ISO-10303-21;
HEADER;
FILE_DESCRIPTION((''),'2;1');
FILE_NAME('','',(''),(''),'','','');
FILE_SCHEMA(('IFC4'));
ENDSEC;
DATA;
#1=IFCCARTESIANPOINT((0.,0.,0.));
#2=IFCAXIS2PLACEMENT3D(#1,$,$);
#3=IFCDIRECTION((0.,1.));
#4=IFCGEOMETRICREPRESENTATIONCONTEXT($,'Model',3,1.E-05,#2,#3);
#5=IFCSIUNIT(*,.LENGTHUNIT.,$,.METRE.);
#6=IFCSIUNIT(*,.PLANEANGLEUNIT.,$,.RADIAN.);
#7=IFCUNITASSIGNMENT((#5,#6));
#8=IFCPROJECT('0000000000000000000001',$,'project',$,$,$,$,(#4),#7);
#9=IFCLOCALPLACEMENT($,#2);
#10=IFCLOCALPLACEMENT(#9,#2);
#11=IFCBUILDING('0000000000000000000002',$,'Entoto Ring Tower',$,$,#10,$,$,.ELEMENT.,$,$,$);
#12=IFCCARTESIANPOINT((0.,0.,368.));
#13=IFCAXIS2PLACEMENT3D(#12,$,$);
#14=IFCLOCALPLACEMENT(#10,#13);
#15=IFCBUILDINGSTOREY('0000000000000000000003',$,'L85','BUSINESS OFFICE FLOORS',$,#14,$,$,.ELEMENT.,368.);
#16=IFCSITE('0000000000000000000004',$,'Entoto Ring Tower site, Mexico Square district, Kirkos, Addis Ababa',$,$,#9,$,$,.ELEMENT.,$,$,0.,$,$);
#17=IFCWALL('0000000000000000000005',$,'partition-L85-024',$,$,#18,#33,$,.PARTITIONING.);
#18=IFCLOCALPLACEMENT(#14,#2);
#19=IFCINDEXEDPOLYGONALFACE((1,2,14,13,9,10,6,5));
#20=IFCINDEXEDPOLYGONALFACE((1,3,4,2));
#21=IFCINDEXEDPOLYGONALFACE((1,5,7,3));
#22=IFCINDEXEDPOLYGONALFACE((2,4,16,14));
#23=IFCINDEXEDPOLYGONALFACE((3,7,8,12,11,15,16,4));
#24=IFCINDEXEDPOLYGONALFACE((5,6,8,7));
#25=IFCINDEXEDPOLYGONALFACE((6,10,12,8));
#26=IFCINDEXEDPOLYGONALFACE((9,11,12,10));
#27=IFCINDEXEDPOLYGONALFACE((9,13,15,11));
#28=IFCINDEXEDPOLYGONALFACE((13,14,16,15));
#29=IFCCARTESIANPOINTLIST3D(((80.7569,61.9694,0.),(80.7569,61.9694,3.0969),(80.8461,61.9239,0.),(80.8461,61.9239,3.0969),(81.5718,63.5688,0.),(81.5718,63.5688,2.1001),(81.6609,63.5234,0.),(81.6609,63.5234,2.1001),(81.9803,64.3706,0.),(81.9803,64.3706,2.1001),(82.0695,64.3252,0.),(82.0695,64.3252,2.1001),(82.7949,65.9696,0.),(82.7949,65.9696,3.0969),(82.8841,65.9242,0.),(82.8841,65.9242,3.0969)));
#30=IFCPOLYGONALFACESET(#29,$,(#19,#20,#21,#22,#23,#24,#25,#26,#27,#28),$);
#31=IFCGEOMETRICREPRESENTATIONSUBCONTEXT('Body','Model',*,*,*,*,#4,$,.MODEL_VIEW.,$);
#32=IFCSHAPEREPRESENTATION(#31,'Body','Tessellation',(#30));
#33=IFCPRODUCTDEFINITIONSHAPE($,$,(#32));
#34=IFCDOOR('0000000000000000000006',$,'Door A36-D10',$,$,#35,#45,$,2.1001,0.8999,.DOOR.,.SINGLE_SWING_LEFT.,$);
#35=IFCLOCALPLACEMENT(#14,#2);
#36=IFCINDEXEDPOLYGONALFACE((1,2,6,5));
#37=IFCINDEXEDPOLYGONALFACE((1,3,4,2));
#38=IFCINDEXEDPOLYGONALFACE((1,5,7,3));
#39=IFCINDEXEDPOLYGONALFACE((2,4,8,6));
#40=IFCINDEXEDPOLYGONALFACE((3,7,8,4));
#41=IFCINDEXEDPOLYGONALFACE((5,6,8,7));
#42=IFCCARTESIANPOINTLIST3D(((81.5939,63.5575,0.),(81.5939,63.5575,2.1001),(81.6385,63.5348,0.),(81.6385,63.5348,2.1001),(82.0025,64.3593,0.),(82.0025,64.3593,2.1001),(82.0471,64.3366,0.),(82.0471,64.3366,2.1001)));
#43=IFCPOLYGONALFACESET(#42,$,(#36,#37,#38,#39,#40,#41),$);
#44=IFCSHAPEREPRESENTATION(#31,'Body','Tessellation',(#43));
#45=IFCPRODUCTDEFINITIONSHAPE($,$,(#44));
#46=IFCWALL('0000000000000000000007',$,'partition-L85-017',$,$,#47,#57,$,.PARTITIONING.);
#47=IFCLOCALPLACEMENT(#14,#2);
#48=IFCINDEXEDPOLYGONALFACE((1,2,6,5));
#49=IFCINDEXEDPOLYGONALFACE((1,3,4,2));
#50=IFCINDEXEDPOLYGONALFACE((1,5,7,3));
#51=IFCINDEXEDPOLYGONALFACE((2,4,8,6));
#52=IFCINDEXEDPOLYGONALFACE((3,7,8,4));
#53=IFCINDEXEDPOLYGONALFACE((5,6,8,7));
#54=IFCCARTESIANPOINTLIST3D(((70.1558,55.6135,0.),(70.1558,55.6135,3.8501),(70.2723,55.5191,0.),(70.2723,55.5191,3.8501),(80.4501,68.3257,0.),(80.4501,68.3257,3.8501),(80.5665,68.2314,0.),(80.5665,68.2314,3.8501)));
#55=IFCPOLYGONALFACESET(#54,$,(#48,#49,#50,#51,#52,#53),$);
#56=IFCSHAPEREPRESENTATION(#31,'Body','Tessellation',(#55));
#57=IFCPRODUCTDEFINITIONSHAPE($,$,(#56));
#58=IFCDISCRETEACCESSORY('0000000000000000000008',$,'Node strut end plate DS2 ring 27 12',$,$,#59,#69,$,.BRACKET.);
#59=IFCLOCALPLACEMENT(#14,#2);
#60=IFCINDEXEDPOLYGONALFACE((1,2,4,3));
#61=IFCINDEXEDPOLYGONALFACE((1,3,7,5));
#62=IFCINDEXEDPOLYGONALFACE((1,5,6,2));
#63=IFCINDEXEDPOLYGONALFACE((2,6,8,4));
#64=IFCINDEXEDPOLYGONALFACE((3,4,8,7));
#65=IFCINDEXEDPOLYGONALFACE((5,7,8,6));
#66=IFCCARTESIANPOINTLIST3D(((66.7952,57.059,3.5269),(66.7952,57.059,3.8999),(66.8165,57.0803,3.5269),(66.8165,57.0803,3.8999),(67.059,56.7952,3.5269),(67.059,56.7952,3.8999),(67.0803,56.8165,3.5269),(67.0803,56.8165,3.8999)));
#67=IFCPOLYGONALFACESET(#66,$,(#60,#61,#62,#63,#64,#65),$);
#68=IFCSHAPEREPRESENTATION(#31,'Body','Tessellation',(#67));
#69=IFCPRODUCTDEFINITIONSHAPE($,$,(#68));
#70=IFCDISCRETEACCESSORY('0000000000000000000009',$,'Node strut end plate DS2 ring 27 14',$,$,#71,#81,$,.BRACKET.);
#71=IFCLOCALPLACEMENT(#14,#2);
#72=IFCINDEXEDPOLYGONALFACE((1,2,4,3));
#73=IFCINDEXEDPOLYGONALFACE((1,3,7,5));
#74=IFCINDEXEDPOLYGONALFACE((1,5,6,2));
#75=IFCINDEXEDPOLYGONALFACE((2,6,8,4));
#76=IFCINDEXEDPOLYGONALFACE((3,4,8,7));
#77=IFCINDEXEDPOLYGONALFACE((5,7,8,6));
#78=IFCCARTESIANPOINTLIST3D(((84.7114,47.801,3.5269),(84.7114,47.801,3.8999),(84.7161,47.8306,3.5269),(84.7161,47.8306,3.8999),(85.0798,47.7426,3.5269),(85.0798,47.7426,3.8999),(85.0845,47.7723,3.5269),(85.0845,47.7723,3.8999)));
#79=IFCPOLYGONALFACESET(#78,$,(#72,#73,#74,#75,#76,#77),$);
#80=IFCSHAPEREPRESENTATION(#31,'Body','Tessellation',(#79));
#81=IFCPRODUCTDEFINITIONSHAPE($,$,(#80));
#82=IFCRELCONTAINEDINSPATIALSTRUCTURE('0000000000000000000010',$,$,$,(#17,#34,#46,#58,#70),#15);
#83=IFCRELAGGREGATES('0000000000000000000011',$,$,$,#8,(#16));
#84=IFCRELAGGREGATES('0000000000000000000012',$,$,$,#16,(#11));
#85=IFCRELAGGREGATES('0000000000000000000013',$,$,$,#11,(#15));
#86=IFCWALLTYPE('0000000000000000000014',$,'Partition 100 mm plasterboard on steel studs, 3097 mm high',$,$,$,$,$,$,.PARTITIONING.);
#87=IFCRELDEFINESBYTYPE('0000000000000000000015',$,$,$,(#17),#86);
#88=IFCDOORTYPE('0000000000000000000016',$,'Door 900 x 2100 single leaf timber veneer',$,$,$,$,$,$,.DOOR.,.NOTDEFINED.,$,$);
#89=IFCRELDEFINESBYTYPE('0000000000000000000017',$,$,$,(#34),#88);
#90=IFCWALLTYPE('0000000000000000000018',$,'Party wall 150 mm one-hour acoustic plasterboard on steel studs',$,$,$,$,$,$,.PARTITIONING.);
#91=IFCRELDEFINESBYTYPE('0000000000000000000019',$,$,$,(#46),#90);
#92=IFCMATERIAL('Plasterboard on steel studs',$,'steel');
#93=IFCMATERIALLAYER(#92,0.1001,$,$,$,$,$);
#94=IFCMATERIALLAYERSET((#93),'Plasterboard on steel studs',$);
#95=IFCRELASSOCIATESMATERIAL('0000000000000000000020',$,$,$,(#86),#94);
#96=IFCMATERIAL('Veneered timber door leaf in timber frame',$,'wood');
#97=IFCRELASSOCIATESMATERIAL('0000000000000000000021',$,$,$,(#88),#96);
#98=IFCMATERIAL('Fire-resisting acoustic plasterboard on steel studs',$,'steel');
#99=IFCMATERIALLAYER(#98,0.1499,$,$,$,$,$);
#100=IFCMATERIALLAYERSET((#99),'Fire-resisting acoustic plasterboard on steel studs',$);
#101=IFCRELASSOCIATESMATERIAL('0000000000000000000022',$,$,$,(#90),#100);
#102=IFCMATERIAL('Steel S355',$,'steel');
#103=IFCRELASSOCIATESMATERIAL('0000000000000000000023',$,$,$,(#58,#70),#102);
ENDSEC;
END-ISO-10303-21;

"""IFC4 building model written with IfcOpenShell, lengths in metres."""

from ifc_helpers import new_model, si_unit, direction, frame, frame_2d, origin, origin_2d, place, context, subcontext, project, spatial, rectangle, extrude, material, layer, layer_set, type_object, element, fill, save


model = new_model("IFC4")

# Units and contexts
model_context = context("Model", 3, precision=1e-05, world=origin(), true_north=direction((0.0, 1.0)))
body_context = subcontext(model_context, "Body", "Model", "MODEL_VIEW")
ifc_project = project(units=[si_unit("LENGTHUNIT", "METRE"), si_unit("PLANEANGLEUNIT", "RADIAN")], contexts=[model_context])

# Site, building, storey
site_placement = place(None, origin())
site = spatial("IfcSite", under=ifc_project, at=site_placement, Name="Entoto Ring Tower site, Mexico Square district, Kirkos, Addis Ababa", CompositionType="ELEMENT", RefElevation=0.0)
building_placement = place(site_placement, origin())
building = spatial("IfcBuilding", under=site, at=building_placement, Name="Entoto Ring Tower", CompositionType="ELEMENT")
storey_placement = place(building_placement, frame((0.0, 0.0, 368.0)))
storey = spatial("IfcBuildingStorey", under=building, at=storey_placement, Name="L85", Description="BUSINESS OFFICE FLOORS", CompositionType="ELEMENT", Elevation=368.0)

# Wall, opening, door
ifc_material_1 = material(Name="Plasterboard on steel studs", Category="steel")
ifc_layer_1 = layer(ifc_material_1, 0.1001)
ifc_layer_set_1 = layer_set([ifc_layer_1], Name="Plasterboard on steel studs")
wall_type_1 = type_object("IfcWallType", Name="Partition 100 mm plasterboard on steel studs, 3097 mm high", PredefinedType="PARTITIONING", material=ifc_layer_set_1)
wall_1_placement = place(storey_placement, frame((80.8015, 61.9468, 0.0), z_axis=(0.0, 0.0, 1.0), x_axis=(0.453966, 0.891019, 0.0)))
wall_1 = element("IfcWall", 1, at=wall_1_placement, inside=storey, type_object=wall_type_1, Name="partition-L85-024", PredefinedType="PARTITIONING", context=body_context, shape_type="SweptSolid", body=[
    extrude(rectangle(XDim=4.4895, YDim=0.1001, at=frame_2d((2.2446, 0.0))), origin(), (0.0, 0.0, 1.0), 3.0969),
])
opening_placement = place(wall_1_placement, frame((1.7949, 0.0, 0.0)))
opening = element("IfcOpeningElement", 2, at=opening_placement, cuts=wall_1, PredefinedType="OPENING", context=body_context, shape_type="SweptSolid", body=[
    extrude(rectangle(XDim=0.8999, YDim=2.1001, at=frame_2d((0.45, 1.05))), frame((0.0, 0.0601, 0.0), z_axis=(0.0, -1.0, 0.0), x_axis=(1.0, 0.0, 0.0)), (0.0, 0.0, 1.0), 0.1201),
])
ifc_material_2 = material(Name="Veneered timber door leaf in timber frame", Category="wood")
door_type = type_object("IfcDoorType", Name="Door 900 x 2100 single leaf timber veneer", OperationType="NOTDEFINED", PredefinedType="DOOR", material=ifc_material_2)
door_placement = place(opening_placement, frame((0.8999, 0.0, 0.0), z_axis=(0.0, 0.0, 1.0), x_axis=(-1.0, 0.0, 0.0)))
door = element("IfcDoor", 3, at=door_placement, inside=storey, type_object=door_type, Name="Door A36-D10", OperationType="SINGLE_SWING_LEFT", OverallHeight=2.1001, OverallWidth=0.8999, PredefinedType="DOOR", context=body_context, shape_type="SweptSolid", body=[
    extrude(rectangle(XDim=0.8999, YDim=2.1001, at=frame_2d((0.45, 1.05))), frame((0.0, 0.0249, 0.0), z_axis=(0.0, -1.0, 0.0), x_axis=(1.0, 0.0, 0.0)), (0.0, 0.0, 1.0), 0.05),
])
fill(opening, door)

# Wall
ifc_material_3 = material(Name="Fire-resisting acoustic plasterboard on steel studs", Category="steel")
ifc_layer_2 = layer(ifc_material_3, 0.1499)
ifc_layer_set_2 = layer_set([ifc_layer_2], Name="Fire-resisting acoustic plasterboard on steel studs")
wall_type_2 = type_object("IfcWallType", Name="Party wall 150 mm one-hour acoustic plasterboard on steel studs", PredefinedType="PARTITIONING", material=ifc_layer_set_2)
wall_2_placement = place(storey_placement, frame((70.2141, 55.5664, 0.0), z_axis=(0.0, 0.0, 1.0), x_axis=(0.629324, 0.777143, 0.0)))
element("IfcWall", 4, at=wall_2_placement, inside=storey, type_object=wall_type_2, Name="partition-L85-017", PredefinedType="PARTITIONING", context=body_context, shape_type="SweptSolid", body=[
    extrude(rectangle(XDim=16.3577, YDim=0.1499, at=frame_2d((8.1787, 0.0))), origin(), (0.0, 0.0, 1.0), 3.8501),
])

# Discrete accessories
ifc_material_4 = material(Name="Steel S355", Category="steel")
for number, where, z_axis, x_axis, name in (
    (5, (66.9377, 56.9377, 3.5269), (0.0, 0.0, 1.0), (-0.707107, -0.707107, 0.0), "Node strut end plate DS2 ring 27 12"),
    (6, (84.8979, 47.7866, 3.5269), (0.0, 0.0, 1.0), (-0.156434, -0.987688, 0.0), "Node strut end plate DS2 ring 27 14"),
):
    element("IfcDiscreteAccessory", number, at=place(storey_placement, frame(where, z_axis=z_axis, x_axis=x_axis)), inside=storey, material=ifc_material_4, Name=name, PredefinedType="BRACKET", context=body_context, shape_type="SweptSolid", body=[
        extrude(rectangle(XDim=0.03, YDim=0.373, at=origin_2d()), origin(), (0.0, 0.0, 1.0), 0.373),
    ])

save(model, "model.ifc")
